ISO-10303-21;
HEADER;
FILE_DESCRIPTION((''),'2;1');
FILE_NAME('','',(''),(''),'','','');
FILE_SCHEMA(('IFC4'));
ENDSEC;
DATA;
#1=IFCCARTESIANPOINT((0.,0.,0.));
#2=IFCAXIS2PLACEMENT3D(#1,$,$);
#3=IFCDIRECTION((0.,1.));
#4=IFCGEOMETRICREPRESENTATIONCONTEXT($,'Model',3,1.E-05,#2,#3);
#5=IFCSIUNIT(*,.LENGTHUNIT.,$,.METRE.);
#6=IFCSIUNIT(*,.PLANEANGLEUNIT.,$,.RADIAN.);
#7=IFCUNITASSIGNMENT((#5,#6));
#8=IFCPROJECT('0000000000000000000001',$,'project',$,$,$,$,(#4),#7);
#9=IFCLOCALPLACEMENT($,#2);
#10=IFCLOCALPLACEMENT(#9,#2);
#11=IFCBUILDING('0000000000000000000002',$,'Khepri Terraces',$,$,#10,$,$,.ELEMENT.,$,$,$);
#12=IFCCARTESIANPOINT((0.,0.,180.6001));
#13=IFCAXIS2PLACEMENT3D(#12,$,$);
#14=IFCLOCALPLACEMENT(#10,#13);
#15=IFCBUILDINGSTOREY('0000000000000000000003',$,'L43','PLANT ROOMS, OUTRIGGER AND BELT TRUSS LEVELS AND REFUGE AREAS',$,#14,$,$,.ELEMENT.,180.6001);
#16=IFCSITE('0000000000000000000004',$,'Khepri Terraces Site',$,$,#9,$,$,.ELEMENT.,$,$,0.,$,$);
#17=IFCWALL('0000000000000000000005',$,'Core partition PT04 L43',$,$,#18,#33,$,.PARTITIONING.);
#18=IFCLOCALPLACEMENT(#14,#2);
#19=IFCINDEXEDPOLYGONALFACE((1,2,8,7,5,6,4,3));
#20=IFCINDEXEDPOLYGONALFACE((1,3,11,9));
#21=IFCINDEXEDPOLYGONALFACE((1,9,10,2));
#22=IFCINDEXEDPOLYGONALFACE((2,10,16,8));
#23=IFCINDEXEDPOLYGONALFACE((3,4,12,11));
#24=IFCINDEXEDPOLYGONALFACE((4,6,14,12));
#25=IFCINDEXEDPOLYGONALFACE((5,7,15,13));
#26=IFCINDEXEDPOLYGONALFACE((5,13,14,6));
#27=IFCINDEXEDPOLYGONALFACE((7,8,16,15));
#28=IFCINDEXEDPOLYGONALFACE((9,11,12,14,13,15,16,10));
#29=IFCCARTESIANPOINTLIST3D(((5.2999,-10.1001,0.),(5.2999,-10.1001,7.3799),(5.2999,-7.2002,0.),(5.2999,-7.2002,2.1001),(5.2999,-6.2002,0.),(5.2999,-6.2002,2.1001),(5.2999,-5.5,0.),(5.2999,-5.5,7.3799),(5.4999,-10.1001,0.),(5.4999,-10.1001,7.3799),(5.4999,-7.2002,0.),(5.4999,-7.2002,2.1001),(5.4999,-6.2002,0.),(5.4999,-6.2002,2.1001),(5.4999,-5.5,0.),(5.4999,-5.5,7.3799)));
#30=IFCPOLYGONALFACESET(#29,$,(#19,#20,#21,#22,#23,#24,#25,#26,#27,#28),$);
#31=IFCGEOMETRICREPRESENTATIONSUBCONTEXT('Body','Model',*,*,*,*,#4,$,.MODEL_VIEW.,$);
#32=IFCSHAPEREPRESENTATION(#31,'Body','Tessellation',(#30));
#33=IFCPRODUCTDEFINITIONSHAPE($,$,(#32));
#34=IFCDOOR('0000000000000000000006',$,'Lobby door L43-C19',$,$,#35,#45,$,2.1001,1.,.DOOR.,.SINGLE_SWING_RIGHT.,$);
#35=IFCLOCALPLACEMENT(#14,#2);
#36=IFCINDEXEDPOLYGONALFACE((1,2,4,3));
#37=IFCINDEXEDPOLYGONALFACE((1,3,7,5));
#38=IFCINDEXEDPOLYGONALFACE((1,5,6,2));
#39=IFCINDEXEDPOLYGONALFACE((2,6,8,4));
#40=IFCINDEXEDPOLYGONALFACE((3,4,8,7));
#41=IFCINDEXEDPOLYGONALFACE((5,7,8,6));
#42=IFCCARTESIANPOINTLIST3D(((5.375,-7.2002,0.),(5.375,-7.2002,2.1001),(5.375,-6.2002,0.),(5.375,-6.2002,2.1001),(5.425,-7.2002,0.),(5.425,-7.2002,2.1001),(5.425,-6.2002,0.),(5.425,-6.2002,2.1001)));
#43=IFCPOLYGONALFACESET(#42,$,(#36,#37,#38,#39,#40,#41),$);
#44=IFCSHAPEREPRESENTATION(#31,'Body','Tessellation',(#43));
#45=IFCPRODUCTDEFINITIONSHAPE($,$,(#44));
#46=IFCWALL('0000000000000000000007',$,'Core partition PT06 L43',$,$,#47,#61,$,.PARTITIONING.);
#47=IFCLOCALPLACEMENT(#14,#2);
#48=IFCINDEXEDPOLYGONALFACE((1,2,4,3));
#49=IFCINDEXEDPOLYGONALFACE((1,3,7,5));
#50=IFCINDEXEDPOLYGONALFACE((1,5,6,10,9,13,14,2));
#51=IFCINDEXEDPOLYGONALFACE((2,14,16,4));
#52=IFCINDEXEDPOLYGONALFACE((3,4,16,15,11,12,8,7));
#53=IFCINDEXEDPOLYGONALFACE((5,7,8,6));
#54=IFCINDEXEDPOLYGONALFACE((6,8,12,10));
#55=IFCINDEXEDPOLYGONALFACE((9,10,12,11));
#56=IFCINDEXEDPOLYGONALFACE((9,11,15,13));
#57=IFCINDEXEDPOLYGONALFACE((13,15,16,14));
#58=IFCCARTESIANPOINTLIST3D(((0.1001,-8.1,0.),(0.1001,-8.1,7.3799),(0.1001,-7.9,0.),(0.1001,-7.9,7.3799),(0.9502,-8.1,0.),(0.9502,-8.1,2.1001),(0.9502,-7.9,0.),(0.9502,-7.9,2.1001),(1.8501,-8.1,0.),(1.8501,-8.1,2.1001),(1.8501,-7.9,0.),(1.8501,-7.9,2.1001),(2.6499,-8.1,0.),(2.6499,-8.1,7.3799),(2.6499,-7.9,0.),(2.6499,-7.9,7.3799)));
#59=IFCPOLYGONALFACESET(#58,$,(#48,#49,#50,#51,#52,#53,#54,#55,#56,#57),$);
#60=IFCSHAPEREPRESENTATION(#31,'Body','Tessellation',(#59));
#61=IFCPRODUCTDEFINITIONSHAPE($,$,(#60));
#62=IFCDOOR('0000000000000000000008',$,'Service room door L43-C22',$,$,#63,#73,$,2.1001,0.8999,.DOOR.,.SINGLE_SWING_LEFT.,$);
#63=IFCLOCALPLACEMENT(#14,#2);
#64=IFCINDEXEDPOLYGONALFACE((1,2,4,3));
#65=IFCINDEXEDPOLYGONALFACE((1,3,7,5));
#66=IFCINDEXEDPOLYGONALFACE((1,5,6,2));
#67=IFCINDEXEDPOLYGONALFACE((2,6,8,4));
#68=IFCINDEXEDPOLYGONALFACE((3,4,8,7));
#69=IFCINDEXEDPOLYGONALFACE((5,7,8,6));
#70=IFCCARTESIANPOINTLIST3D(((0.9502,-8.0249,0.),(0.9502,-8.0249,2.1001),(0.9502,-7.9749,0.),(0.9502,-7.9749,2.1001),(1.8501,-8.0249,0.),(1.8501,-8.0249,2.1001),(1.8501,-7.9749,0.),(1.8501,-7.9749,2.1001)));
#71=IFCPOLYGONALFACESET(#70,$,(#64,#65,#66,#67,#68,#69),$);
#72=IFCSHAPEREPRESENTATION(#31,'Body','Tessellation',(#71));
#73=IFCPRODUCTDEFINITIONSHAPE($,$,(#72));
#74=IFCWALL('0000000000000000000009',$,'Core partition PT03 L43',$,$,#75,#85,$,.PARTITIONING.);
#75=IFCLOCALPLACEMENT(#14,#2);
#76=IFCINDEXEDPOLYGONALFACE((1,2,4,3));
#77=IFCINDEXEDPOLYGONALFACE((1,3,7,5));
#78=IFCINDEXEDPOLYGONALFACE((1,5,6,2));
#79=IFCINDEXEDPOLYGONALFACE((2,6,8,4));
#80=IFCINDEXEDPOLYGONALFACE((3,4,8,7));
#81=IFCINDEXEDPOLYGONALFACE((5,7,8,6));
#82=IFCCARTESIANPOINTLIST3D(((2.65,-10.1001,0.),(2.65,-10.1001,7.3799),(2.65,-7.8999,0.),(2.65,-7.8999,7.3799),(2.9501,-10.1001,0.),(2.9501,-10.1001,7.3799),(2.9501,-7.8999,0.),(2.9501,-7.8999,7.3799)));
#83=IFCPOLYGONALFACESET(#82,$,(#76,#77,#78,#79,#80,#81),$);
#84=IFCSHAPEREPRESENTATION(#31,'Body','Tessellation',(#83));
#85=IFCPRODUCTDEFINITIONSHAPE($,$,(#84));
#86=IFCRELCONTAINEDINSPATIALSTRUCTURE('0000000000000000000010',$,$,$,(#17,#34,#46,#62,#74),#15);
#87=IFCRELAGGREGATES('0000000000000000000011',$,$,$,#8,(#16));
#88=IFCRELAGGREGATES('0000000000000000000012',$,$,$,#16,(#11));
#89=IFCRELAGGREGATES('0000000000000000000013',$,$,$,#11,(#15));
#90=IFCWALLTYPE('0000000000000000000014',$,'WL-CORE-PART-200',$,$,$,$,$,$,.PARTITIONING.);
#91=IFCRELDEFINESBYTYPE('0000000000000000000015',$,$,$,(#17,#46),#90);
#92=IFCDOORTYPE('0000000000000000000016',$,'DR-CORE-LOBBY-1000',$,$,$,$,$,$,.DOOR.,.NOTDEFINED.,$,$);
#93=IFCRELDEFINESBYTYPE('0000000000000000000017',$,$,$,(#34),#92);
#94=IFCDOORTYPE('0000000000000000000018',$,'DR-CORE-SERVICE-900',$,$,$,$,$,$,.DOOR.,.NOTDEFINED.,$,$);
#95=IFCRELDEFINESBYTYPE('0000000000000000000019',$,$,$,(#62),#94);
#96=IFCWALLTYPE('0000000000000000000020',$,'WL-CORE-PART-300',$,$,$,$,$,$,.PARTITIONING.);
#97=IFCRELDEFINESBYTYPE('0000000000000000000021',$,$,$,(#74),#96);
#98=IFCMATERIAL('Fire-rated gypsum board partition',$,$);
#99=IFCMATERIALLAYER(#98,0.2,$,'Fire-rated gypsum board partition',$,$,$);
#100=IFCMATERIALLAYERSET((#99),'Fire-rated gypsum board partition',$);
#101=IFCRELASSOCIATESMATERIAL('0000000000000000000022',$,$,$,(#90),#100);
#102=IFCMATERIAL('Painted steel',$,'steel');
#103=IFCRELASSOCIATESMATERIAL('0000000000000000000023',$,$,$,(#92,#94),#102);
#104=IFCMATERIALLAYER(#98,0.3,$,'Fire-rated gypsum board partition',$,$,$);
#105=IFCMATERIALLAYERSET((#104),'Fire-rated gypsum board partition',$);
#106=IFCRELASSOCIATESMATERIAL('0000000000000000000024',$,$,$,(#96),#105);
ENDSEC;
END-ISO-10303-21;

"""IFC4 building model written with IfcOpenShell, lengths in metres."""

from ifc_helpers import new_model, si_unit, direction, frame, frame_2d, origin, place, context, subcontext, project, spatial, rectangle, extrude, material, layer, layer_set, type_object, element, fill, save


model = new_model("IFC4")

# Units and contexts
model_context = context("Model", 3, precision=1e-05, world=origin(), true_north=direction((0.0, 1.0)))
body_context = subcontext(model_context, "Body", "Model", "MODEL_VIEW")
ifc_project = project(units=[si_unit("LENGTHUNIT", "METRE"), si_unit("PLANEANGLEUNIT", "RADIAN")], contexts=[model_context])

# Site, building, storey
site_placement = place(None, origin())
site = spatial("IfcSite", under=ifc_project, at=site_placement, Name="Khepri Terraces Site", CompositionType="ELEMENT", RefElevation=0.0)
building_placement = place(site_placement, origin())
building = spatial("IfcBuilding", under=site, at=building_placement, Name="Khepri Terraces", CompositionType="ELEMENT")
storey_placement = place(building_placement, frame((0.0, 0.0, 180.6001)))
storey = spatial("IfcBuildingStorey", under=building, at=storey_placement, Name="L43", Description="PLANT ROOMS, OUTRIGGER AND BELT TRUSS LEVELS AND REFUGE AREAS", CompositionType="ELEMENT", Elevation=180.6001)

# Shared definitions
ifc_material_1 = material(Name="Fire-rated gypsum board partition")
ifc_layer_1 = layer(ifc_material_1, 0.2, Name="Fire-rated gypsum board partition")
ifc_layer_set_1 = layer_set([ifc_layer_1], Name="Fire-rated gypsum board partition")
wall_type_1 = type_object("IfcWallType", Name="WL-CORE-PART-200", PredefinedType="PARTITIONING", material=ifc_layer_set_1)

# Walls, openings, doors
wall_1_placement = place(storey_placement, frame((5.3999, -10.1001, 0.0), z_axis=(0.0, 0.0, 1.0), x_axis=(0.0, 1.0, 0.0)))
wall_1 = element("IfcWall", 1, at=wall_1_placement, inside=storey, type_object=wall_type_1, Name="Core partition PT04 L43", PredefinedType="PARTITIONING", context=body_context, shape_type="SweptSolid", body=[
    extrude(rectangle(XDim=4.6001, YDim=0.2, at=frame_2d((2.3, 0.0))), origin(), (0.0, 0.0, 1.0), 7.3799),
])
opening_1_placement = place(wall_1_placement, frame((2.8999, 0.0, 0.0)))
opening_1 = element("IfcOpeningElement", 2, at=opening_1_placement, cuts=wall_1, PredefinedType="OPENING", context=body_context, shape_type="SweptSolid", body=[
    extrude(rectangle(XDim=1.0, YDim=2.1001, at=frame_2d((0.5, 1.05))), frame((0.0, 0.1099, 0.0), z_axis=(0.0, -1.0, 0.0), x_axis=(1.0, 0.0, 0.0)), (0.0, 0.0, 1.0), 0.22),
])
ifc_material_2 = material(Name="Painted steel", Category="steel")
door_type_1 = type_object("IfcDoorType", Name="DR-CORE-LOBBY-1000", OperationType="NOTDEFINED", PredefinedType="DOOR", material=ifc_material_2)
door_1_placement = place(opening_1_placement, origin())
door_1 = element("IfcDoor", 3, at=door_1_placement, inside=storey, type_object=door_type_1, Name="Lobby door L43-C19", OperationType="SINGLE_SWING_RIGHT", OverallHeight=2.1001, OverallWidth=1.0, PredefinedType="DOOR", context=body_context, shape_type="SweptSolid", body=[
    extrude(rectangle(XDim=1.0, YDim=2.1001, at=frame_2d((0.5, 1.05))), frame((0.0, 0.0249, 0.0), z_axis=(0.0, -1.0, 0.0), x_axis=(1.0, 0.0, 0.0)), (0.0, 0.0, 1.0), 0.05),
])
fill(opening_1, door_1)
wall_2_placement = place(storey_placement, frame((0.1001, -8.0, 0.0), z_axis=(0.0, 0.0, 1.0), x_axis=(1.0, 0.0, 0.0)))
wall_2 = element("IfcWall", 4, at=wall_2_placement, inside=storey, type_object=wall_type_1, Name="Core partition PT06 L43", PredefinedType="PARTITIONING", context=body_context, shape_type="SweptSolid", body=[
    extrude(rectangle(XDim=2.5498, YDim=0.2, at=frame_2d((1.2749, 0.0))), origin(), (0.0, 0.0, 1.0), 7.3799),
])
opening_2_placement = place(wall_2_placement, frame((0.8501, 0.0, 0.0)))
opening_2 = element("IfcOpeningElement", 5, at=opening_2_placement, cuts=wall_2, PredefinedType="OPENING", context=body_context, shape_type="SweptSolid", body=[
    extrude(rectangle(XDim=0.8999, YDim=2.1001, at=frame_2d((0.45, 1.05))), frame((0.0, 0.1099, 0.0), z_axis=(0.0, -1.0, 0.0), x_axis=(1.0, 0.0, 0.0)), (0.0, 0.0, 1.0), 0.22),
])
door_type_2 = type_object("IfcDoorType", Name="DR-CORE-SERVICE-900", OperationType="NOTDEFINED", PredefinedType="DOOR", material=ifc_material_2)
door_2_placement = place(opening_2_placement, frame((0.8999, 0.0, 0.0), z_axis=(0.0, 0.0, 1.0), x_axis=(-1.0, 0.0, 0.0)))
door_2 = element("IfcDoor", 6, at=door_2_placement, inside=storey, type_object=door_type_2, Name="Service room door L43-C22", OperationType="SINGLE_SWING_LEFT", OverallHeight=2.1001, OverallWidth=0.8999, PredefinedType="DOOR", context=body_context, shape_type="SweptSolid", body=[
    extrude(rectangle(XDim=0.8999, YDim=2.1001, at=frame_2d((0.45, 1.05))), frame((0.0, 0.0249, 0.0), z_axis=(0.0, -1.0, 0.0), x_axis=(1.0, 0.0, 0.0)), (0.0, 0.0, 1.0), 0.05),
])
fill(opening_2, door_2)

# Wall
ifc_layer_2 = layer(ifc_material_1, 0.3, Name="Fire-rated gypsum board partition")
ifc_layer_set_2 = layer_set([ifc_layer_2], Name="Fire-rated gypsum board partition")
wall_type_2 = type_object("IfcWallType", Name="WL-CORE-PART-300", PredefinedType="PARTITIONING", material=ifc_layer_set_2)
wall_3_placement = place(storey_placement, frame((2.8, -10.1001, 0.0), z_axis=(0.0, 0.0, 1.0), x_axis=(0.0, 1.0, 0.0)))
element("IfcWall", 7, at=wall_3_placement, inside=storey, type_object=wall_type_2, Name="Core partition PT03 L43", PredefinedType="PARTITIONING", context=body_context, shape_type="SweptSolid", body=[
    extrude(rectangle(XDim=2.2002, YDim=0.3, at=frame_2d((1.1001, 0.0))), origin(), (0.0, 0.0, 1.0), 7.3799),
])

save(model, "model.ifc")
